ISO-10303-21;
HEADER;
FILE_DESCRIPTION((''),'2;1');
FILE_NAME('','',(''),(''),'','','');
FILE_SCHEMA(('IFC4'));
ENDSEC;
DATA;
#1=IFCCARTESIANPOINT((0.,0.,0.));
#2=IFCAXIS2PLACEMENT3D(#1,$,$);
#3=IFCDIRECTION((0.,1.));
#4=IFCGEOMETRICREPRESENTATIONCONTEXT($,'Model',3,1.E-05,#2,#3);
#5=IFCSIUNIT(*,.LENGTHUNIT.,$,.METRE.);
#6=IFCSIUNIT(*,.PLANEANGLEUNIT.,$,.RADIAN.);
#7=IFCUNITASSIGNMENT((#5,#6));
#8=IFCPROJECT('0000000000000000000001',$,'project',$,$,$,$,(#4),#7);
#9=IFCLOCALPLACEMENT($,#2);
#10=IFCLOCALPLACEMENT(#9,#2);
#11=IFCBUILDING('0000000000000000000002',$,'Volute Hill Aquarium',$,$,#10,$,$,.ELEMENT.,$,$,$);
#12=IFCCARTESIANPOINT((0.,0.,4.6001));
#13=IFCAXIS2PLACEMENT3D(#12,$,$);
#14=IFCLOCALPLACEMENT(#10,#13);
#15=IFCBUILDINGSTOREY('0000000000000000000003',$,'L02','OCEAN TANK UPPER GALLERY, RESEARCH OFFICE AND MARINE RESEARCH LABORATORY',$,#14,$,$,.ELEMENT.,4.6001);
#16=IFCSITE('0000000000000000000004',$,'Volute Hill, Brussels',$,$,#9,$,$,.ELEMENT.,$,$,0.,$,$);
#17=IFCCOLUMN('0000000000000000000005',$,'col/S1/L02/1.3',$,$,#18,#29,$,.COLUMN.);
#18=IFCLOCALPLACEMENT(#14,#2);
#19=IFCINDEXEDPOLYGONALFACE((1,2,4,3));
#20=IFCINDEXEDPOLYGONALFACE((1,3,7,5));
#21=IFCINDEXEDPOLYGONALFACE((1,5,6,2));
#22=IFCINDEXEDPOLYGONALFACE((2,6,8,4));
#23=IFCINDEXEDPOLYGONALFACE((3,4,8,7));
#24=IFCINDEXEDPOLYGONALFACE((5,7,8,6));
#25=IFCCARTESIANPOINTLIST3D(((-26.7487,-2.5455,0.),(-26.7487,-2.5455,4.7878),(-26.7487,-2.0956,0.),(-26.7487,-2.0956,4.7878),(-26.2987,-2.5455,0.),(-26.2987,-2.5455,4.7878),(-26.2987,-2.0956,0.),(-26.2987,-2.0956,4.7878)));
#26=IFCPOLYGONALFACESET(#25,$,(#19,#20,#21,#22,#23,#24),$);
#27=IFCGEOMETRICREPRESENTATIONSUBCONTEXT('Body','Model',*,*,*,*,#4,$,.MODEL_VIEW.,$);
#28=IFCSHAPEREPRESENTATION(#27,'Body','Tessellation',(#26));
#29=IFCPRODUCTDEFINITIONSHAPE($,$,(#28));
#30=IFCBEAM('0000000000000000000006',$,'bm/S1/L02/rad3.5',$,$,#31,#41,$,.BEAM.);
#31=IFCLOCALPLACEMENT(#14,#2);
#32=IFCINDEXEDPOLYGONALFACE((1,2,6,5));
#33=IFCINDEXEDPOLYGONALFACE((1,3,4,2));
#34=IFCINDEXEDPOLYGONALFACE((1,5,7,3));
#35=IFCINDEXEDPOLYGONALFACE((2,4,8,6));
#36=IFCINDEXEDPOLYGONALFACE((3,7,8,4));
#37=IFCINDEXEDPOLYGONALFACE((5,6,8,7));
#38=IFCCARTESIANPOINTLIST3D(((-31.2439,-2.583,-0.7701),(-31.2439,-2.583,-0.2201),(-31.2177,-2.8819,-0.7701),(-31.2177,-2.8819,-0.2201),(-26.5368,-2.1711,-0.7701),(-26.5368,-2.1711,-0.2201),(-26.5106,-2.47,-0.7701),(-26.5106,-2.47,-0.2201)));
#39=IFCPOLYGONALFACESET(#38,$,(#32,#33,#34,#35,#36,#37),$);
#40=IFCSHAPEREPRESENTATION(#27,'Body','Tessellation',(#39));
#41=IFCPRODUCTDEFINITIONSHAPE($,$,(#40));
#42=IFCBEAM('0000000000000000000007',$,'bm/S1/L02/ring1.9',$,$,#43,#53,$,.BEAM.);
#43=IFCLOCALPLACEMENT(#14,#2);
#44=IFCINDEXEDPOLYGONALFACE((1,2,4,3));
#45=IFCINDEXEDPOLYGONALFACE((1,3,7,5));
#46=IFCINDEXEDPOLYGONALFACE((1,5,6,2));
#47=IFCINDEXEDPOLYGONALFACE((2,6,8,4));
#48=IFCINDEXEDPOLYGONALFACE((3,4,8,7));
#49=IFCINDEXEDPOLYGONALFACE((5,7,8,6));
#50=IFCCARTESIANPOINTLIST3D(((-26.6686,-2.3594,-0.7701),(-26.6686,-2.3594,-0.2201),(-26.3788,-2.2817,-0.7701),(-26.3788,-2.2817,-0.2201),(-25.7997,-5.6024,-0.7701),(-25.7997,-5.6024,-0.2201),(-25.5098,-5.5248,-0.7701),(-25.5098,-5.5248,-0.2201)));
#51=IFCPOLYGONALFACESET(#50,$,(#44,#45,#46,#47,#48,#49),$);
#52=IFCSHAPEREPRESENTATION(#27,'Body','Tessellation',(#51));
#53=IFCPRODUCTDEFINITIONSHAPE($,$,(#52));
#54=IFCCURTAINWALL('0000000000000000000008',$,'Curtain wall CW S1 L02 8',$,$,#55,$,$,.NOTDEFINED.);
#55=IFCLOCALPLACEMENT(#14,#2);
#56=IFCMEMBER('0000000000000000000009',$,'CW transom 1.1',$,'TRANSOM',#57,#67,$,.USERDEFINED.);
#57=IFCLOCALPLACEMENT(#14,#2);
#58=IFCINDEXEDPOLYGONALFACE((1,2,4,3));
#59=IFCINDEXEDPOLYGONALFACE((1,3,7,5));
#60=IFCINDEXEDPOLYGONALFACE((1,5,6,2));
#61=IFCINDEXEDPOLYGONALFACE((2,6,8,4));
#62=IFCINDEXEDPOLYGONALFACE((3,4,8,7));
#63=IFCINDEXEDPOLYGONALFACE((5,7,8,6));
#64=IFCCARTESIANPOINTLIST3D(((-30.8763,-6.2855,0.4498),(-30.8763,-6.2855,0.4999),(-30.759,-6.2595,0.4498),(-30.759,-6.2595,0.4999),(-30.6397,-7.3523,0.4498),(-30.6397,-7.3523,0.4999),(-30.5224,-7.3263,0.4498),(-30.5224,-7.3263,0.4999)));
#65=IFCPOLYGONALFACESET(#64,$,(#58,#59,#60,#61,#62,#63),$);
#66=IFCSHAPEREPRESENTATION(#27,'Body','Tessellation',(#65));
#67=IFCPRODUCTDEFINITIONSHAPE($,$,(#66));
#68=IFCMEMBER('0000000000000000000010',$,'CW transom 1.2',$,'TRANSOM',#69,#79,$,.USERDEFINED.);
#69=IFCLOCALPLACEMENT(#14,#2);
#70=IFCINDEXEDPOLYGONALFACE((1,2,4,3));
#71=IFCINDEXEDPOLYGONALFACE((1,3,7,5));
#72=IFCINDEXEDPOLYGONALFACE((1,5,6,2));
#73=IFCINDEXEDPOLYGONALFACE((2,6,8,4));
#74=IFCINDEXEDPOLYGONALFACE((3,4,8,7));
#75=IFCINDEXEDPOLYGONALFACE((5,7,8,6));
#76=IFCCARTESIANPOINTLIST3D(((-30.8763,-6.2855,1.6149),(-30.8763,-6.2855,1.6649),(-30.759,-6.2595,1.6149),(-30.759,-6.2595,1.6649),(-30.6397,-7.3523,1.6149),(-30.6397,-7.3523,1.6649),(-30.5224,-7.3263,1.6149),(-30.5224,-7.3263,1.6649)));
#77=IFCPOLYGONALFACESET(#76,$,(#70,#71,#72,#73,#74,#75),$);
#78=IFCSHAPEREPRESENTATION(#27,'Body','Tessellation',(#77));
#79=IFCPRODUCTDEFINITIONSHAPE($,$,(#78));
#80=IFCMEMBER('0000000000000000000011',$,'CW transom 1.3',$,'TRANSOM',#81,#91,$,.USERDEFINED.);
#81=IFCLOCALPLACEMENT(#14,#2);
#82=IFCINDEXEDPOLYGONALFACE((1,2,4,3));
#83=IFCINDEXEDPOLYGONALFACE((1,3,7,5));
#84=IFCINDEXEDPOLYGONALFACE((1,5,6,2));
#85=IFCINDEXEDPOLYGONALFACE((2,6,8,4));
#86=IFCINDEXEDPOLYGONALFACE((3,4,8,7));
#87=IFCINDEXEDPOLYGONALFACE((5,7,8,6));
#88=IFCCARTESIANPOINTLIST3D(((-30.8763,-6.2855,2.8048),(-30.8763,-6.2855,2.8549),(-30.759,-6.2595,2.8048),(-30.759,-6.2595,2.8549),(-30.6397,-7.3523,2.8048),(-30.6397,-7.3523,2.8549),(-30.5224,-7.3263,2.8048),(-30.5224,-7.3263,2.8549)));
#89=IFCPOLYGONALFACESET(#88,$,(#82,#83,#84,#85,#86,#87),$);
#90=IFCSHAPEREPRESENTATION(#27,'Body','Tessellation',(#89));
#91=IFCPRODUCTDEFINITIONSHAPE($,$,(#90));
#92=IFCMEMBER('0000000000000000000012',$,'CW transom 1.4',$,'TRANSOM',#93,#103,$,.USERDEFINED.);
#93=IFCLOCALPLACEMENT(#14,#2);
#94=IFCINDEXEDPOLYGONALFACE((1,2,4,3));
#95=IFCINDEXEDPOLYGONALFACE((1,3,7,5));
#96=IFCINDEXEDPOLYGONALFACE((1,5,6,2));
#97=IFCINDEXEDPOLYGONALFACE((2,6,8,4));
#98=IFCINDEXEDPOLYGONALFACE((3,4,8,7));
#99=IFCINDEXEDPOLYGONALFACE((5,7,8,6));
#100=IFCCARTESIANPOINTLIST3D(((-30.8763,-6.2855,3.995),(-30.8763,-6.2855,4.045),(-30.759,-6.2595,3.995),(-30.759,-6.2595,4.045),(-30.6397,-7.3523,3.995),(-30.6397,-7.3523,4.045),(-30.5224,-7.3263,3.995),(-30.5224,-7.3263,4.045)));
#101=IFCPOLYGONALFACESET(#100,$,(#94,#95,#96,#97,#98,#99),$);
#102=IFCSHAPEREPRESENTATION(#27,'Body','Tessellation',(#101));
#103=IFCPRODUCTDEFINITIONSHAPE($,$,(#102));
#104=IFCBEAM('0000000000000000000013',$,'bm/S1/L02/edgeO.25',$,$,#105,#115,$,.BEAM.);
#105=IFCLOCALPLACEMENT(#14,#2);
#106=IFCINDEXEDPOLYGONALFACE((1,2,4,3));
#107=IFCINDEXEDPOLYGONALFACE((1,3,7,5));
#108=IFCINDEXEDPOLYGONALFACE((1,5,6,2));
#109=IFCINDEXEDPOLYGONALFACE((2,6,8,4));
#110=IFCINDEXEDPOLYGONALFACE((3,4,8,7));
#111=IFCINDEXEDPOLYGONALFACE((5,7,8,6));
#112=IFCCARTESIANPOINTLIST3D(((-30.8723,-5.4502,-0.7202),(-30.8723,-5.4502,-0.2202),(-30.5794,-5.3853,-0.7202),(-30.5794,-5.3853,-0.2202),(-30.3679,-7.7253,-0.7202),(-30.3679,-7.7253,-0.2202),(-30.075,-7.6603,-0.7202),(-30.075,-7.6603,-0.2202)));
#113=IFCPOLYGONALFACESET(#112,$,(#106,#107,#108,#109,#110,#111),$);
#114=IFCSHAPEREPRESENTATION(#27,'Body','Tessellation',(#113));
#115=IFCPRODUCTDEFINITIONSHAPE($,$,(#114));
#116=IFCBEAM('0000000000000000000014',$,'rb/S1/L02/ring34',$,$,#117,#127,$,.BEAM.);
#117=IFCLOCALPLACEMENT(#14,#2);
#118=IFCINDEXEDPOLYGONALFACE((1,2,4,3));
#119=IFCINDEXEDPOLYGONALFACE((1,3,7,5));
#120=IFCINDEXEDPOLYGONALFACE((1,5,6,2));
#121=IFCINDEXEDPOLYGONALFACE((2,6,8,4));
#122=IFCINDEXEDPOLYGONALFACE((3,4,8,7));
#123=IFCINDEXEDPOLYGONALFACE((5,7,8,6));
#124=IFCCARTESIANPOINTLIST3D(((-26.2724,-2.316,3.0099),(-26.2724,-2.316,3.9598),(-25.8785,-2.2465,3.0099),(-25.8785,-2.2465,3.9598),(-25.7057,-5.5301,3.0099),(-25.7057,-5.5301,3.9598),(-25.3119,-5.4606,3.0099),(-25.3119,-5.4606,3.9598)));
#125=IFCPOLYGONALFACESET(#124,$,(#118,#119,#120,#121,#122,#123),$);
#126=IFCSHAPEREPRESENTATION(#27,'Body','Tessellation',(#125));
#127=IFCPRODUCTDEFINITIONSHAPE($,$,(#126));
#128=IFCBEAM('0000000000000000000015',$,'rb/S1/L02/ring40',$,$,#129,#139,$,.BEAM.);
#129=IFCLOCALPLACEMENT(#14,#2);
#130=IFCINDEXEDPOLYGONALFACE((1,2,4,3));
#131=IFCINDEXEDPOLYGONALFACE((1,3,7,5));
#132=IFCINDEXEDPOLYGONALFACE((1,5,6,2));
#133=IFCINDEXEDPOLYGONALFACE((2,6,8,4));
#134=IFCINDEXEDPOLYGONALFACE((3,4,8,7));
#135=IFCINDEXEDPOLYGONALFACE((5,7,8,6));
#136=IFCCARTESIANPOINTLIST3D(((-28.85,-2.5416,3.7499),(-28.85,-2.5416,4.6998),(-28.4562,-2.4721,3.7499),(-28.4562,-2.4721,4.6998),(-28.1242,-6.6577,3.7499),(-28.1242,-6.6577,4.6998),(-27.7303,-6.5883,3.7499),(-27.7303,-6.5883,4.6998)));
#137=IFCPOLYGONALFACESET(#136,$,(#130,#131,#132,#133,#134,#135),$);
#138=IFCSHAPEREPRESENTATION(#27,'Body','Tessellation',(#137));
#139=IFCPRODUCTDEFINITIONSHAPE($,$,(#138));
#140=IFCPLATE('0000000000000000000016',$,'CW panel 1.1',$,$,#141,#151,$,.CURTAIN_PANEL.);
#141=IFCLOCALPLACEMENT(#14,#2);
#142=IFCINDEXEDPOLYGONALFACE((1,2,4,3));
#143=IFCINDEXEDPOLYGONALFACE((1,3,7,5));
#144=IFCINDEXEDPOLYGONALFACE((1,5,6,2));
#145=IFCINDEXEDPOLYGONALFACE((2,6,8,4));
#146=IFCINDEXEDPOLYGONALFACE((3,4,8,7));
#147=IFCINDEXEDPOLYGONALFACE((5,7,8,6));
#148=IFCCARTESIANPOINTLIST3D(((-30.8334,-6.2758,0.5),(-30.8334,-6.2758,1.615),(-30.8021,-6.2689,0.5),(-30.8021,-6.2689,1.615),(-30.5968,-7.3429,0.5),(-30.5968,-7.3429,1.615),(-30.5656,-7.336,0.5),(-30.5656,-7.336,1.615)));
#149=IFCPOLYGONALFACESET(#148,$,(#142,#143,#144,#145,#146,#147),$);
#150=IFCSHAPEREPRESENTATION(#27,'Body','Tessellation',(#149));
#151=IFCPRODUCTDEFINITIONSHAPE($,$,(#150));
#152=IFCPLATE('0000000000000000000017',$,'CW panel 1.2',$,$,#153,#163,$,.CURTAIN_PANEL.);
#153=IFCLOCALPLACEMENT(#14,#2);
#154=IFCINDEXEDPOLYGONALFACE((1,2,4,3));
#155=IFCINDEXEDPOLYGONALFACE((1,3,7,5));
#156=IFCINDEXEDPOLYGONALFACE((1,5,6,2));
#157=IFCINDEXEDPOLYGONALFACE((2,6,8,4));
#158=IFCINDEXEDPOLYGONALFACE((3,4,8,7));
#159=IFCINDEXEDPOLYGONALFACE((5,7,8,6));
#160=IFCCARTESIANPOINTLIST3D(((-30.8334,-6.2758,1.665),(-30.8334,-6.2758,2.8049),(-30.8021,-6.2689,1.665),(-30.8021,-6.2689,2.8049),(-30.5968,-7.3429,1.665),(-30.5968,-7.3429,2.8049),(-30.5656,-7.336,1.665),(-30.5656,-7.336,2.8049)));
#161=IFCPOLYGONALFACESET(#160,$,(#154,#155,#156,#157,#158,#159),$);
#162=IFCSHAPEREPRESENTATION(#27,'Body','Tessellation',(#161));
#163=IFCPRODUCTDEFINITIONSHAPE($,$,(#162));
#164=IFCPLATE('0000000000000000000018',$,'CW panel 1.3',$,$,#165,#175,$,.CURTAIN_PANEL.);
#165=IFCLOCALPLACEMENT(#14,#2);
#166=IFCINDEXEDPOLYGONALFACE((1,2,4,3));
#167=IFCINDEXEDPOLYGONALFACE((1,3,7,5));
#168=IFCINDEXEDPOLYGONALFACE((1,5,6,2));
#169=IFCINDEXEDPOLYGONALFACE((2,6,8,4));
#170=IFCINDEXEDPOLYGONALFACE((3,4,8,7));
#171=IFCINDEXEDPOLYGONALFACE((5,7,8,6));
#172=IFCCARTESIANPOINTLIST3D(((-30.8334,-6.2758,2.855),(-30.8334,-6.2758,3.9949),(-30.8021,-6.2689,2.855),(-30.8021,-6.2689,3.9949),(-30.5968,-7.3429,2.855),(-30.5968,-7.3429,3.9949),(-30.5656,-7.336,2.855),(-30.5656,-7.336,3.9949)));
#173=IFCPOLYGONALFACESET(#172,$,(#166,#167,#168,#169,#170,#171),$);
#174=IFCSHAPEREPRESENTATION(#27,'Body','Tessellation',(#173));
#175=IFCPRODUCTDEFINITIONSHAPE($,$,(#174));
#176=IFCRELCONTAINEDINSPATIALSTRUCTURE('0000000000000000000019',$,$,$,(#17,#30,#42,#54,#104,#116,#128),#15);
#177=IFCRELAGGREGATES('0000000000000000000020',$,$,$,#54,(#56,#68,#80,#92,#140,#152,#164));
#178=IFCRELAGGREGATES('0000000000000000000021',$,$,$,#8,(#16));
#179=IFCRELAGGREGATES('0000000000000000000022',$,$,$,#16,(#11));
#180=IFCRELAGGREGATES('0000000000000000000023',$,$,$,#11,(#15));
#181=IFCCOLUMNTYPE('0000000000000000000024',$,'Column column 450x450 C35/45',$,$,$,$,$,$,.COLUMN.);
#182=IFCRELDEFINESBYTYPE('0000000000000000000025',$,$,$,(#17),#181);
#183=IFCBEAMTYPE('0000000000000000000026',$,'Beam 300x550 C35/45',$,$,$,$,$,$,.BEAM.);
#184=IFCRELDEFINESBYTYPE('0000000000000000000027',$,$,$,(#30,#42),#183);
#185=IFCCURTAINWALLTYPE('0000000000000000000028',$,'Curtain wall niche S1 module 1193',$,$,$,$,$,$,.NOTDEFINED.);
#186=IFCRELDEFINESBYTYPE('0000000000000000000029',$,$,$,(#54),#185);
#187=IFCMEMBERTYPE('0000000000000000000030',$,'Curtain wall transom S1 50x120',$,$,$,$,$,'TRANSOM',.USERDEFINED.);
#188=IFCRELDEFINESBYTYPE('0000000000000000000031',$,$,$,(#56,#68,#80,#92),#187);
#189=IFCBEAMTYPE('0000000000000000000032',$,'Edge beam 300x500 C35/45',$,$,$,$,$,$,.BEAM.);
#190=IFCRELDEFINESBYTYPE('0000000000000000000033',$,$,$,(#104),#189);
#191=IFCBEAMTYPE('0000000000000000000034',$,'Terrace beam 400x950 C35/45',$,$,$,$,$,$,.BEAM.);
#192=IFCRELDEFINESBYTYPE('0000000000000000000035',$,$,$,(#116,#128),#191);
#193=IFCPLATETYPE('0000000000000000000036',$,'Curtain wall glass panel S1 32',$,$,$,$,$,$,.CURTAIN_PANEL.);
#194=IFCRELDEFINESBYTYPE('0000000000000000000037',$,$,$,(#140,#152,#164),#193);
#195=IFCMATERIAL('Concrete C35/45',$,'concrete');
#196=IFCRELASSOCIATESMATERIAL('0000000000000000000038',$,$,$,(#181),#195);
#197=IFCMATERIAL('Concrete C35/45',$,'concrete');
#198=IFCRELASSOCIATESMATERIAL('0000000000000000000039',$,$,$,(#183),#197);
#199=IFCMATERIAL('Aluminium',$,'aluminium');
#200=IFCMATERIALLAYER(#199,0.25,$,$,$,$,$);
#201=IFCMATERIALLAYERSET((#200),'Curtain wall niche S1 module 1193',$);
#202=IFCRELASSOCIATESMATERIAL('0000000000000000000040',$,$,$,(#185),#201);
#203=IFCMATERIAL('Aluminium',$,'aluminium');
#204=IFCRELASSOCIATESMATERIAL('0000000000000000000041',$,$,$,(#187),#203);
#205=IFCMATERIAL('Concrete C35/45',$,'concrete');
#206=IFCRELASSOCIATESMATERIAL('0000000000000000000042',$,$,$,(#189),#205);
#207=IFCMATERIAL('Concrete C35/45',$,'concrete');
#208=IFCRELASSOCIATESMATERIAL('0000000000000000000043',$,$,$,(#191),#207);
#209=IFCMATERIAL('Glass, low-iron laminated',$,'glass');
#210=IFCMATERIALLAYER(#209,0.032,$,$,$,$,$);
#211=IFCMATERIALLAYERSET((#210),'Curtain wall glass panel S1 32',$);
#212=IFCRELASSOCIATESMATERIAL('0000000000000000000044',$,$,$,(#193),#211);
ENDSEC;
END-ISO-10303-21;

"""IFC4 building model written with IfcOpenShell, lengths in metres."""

from ifc_helpers import new_model, si_unit, direction, frame, origin, origin_2d, place, context, subcontext, project, spatial, rectangle, extrude, material, layer, layer_set, material_profile, profile_set, type_object, element, aggregate, save


model = new_model("IFC4")

# Units and contexts
model_context = context("Model", 3, precision=1e-05, world=origin(), true_north=direction((0.0, 1.0)))
body_context = subcontext(model_context, "Body", "Model", "MODEL_VIEW")
ifc_project = project(units=[si_unit("LENGTHUNIT", "METRE"), si_unit("PLANEANGLEUNIT", "RADIAN")], contexts=[model_context])

# Site, building, storey
site_placement = place(None, origin())
site = spatial("IfcSite", under=ifc_project, at=site_placement, Name="Volute Hill, Brussels", CompositionType="ELEMENT", RefElevation=0.0)
building_placement = place(site_placement, origin())
building = spatial("IfcBuilding", under=site, at=building_placement, Name="Volute Hill Aquarium", CompositionType="ELEMENT")
storey_placement = place(building_placement, frame((0.0, 0.0, 4.6001)))
storey = spatial("IfcBuildingStorey", under=building, at=storey_placement, Name="L02", Description="OCEAN TANK UPPER GALLERY, RESEARCH OFFICE AND MARINE RESEARCH LABORATORY", CompositionType="ELEMENT", Elevation=4.6001)

# Column
ifc_material_1 = material(Name="Concrete C35/45", Category="concrete")
ifc_material_profile_1 = material_profile(ifc_material_1, rectangle(XDim=0.45, YDim=0.45, at=origin_2d()), Name="RC column 450x450")
ifc_profile_set_1 = profile_set([ifc_material_profile_1], Name="Concrete C35/45")
column_type = type_object("IfcColumnType", Name="Column column 450x450 C35/45", PredefinedType="COLUMN", material=ifc_profile_set_1)
column_placement = place(storey_placement, frame((-26.5237, -2.3206, 0.0), z_axis=(0.0, 0.0, 1.0), x_axis=(1.0, 0.0, 0.0)))
element("IfcColumn", 1, at=column_placement, inside=storey, type_object=column_type, Name="col/S1/L02/1.3", PredefinedType="COLUMN", context=body_context, shape_type="SweptSolid", body=[
    extrude(rectangle(XDim=0.45, YDim=0.45, at=origin_2d()), origin(), (0.0, 0.0, 1.0), 4.7878),
])

# Beams
ifc_material_2 = material(Name="Concrete C35/45", Category="concrete")
ifc_material_profile_2 = material_profile(ifc_material_2, rectangle(XDim=0.3, YDim=0.55, at=origin_2d()), Name="RC beam 300x550")
ifc_profile_set_2 = profile_set([ifc_material_profile_2], Name="Concrete C35/45")
beam_type_1 = type_object("IfcBeamType", Name="Beam 300x550 C35/45", PredefinedType="BEAM", material=ifc_profile_set_2)
beam_1_placement = place(storey_placement, frame((-26.5237, -2.3206, -0.4951), z_axis=(-0.996194, -0.087167, 0.0), x_axis=(0.087167, -0.996194, 0.0)))
element("IfcBeam", 2, at=beam_1_placement, inside=storey, type_object=beam_type_1, Name="bm/S1/L02/rad3.5", PredefinedType="BEAM", context=body_context, shape_type="SweptSolid", body=[
    extrude(rectangle(XDim=0.3, YDim=0.55, at=origin_2d()), origin(), (0.0, 0.0, 1.0), 4.7251),
])
beam_2_placement = place(storey_placement, frame((-26.5237, -2.3206, -0.4951), z_axis=(0.258808, -0.965929, 0.0), x_axis=(0.965929, 0.258808, 0.0)))
element("IfcBeam", 3, at=beam_2_placement, inside=storey, type_object=beam_type_1, Name="bm/S1/L02/ring1.9", PredefinedType="BEAM", context=body_context, shape_type="SweptSolid", body=[
    extrude(rectangle(XDim=0.3, YDim=0.55, at=origin_2d()), origin(), (0.0, 0.0, 1.0), 3.3574),
])

# Curtain wall, members
ifc_material_3 = material(Name="Aluminium", Category="aluminium")
ifc_layer_1 = layer(ifc_material_3, 0.25)
ifc_layer_set_1 = layer_set([ifc_layer_1], Name="Curtain wall niche S1 module 1193")
curtain_wall_type = type_object("IfcCurtainWallType", Name="Curtain wall niche S1 module 1193", PredefinedType="NOTDEFINED", material=ifc_layer_set_1)
curtain_wall_placement = place(storey_placement, origin())
curtain_wall = element("IfcCurtainWall", 4, at=curtain_wall_placement, inside=storey, type_object=curtain_wall_type, Name="Curtain wall CW S1 L02 8", PredefinedType="NOTDEFINED")
ifc_material_4 = material(Name="Aluminium", Category="aluminium")
ifc_material_profile_3 = material_profile(ifc_material_4, rectangle(XDim=0.1201, YDim=0.05, at=origin_2d()), Name="Curtain wall transom S1 50x120")
ifc_profile_set_3 = profile_set([ifc_material_profile_3], Name="Aluminium")
member_type = type_object("IfcMemberType", Name="Curtain wall transom S1 50x120", ElementType="TRANSOM", PredefinedType="USERDEFINED", material=ifc_profile_set_3)
member_1_placement = place(storey_placement, frame((-30.8176, -6.2725, 0.4749), z_axis=(0.216481, -0.976287, 0.0), x_axis=(0.976287, 0.216481, 0.0)))
member_1 = element("IfcMember", 5, at=member_1_placement, type_object=member_type, Name="CW transom 1.1", ObjectType="TRANSOM", PredefinedType="USERDEFINED", context=body_context, shape_type="SweptSolid", body=[
    extrude(rectangle(XDim=0.1201, YDim=0.05, at=origin_2d()), origin(), (0.0, 0.0, 1.0), 1.0928),
])
member_2_placement = place(storey_placement, frame((-30.8176, -6.2725, 1.6399), z_axis=(0.216481, -0.976287, 0.0), x_axis=(0.976287, 0.216481, 0.0)))
member_2 = element("IfcMember", 6, at=member_2_placement, type_object=member_type, Name="CW transom 1.2", ObjectType="TRANSOM", PredefinedType="USERDEFINED", context=body_context, shape_type="SweptSolid", body=[
    extrude(rectangle(XDim=0.1201, YDim=0.05, at=origin_2d()), origin(), (0.0, 0.0, 1.0), 1.0928),
])
member_3_placement = place(storey_placement, frame((-30.8176, -6.2725, 2.8298), z_axis=(0.216481, -0.976287, 0.0), x_axis=(0.976287, 0.216481, 0.0)))
member_3 = element("IfcMember", 7, at=member_3_placement, type_object=member_type, Name="CW transom 1.3", ObjectType="TRANSOM", PredefinedType="USERDEFINED", context=body_context, shape_type="SweptSolid", body=[
    extrude(rectangle(XDim=0.1201, YDim=0.05, at=origin_2d()), origin(), (0.0, 0.0, 1.0), 1.0928),
])
member_4_placement = place(storey_placement, frame((-30.8176, -6.2725, 4.02), z_axis=(0.216481, -0.976287, 0.0), x_axis=(0.976287, 0.216481, 0.0)))
member_4 = element("IfcMember", 8, at=member_4_placement, type_object=member_type, Name="CW transom 1.4", ObjectType="TRANSOM", PredefinedType="USERDEFINED", context=body_context, shape_type="SweptSolid", body=[
    extrude(rectangle(XDim=0.1201, YDim=0.05, at=origin_2d()), origin(), (0.0, 0.0, 1.0), 1.0928),
])

# Beams
ifc_material_5 = material(Name="Concrete C35/45", Category="concrete")
ifc_material_profile_4 = material_profile(ifc_material_5, rectangle(XDim=0.3, YDim=0.5, at=origin_2d()), Name="RC edge beam 300x500")
ifc_profile_set_4 = profile_set([ifc_material_profile_4], Name="Concrete C35/45")
beam_type_2 = type_object("IfcBeamType", Name="Edge beam 300x500 C35/45", PredefinedType="BEAM", material=ifc_profile_set_4)
beam_3_placement = place(storey_placement, frame((-30.7258, -5.4177, -0.4702), z_axis=(0.216442, -0.976295, 0.0), x_axis=(0.976295, 0.216442, 0.0)))
element("IfcBeam", 9, at=beam_3_placement, inside=storey, type_object=beam_type_2, Name="bm/S1/L02/edgeO.25", PredefinedType="BEAM", context=body_context, shape_type="SweptSolid", body=[
    extrude(rectangle(XDim=0.3, YDim=0.5, at=origin_2d()), origin(), (0.0, 0.0, 1.0), 2.3303),
])
ifc_material_6 = material(Name="Concrete C35/45", Category="concrete")
ifc_material_profile_5 = material_profile(ifc_material_6, rectangle(XDim=0.3999, YDim=0.95, at=origin_2d()), Name="RC beam 400x950")
ifc_profile_set_5 = profile_set([ifc_material_profile_5], Name="Concrete C35/45")
beam_type_3 = type_object("IfcBeamType", Name="Terrace beam 400x950 C35/45", PredefinedType="BEAM", material=ifc_profile_set_5)
beam_4_placement = place(storey_placement, frame((-26.0754, -2.2812, 3.4849), z_axis=(0.173623, -0.984812, 0.0), x_axis=(0.984812, 0.173623, 0.0)))
element("IfcBeam", 10, at=beam_4_placement, inside=storey, type_object=beam_type_3, Name="rb/S1/L02/ring34", PredefinedType="BEAM", context=body_context, shape_type="SweptSolid", body=[
    extrude(rectangle(XDim=0.3999, YDim=0.95, at=origin_2d()), origin(), (0.0, 0.0, 1.0), 3.2637),
])
beam_5_placement = place(storey_placement, frame((-28.6531, -2.5068, 4.2249), z_axis=(0.173655, -0.984806, 0.0), x_axis=(0.984806, 0.173655, 0.0)))
element("IfcBeam", 11, at=beam_5_placement, inside=storey, type_object=beam_type_3, Name="rb/S1/L02/ring40", PredefinedType="BEAM", context=body_context, shape_type="SweptSolid", body=[
    extrude(rectangle(XDim=0.3999, YDim=0.95, at=origin_2d()), origin(), (0.0, 0.0, 1.0), 4.1797),
])

# Plates
ifc_material_7 = material(Name="Glass, low-iron laminated", Category="glass")
ifc_layer_2 = layer(ifc_material_7, 0.032)
ifc_layer_set_2 = layer_set([ifc_layer_2], Name="Curtain wall glass panel S1 32")
plate_type = type_object("IfcPlateType", Name="Curtain wall glass panel S1 32", PredefinedType="CURTAIN_PANEL", material=ifc_layer_set_2)
plate_1_placement = place(storey_placement, frame((-30.6995, -6.8059, 0.5), z_axis=(0.0, 0.0, 1.0), x_axis=(0.216456, -0.976292, 0.0)))
plate_1 = element("IfcPlate", 12, at=plate_1_placement, type_object=plate_type, Name="CW panel 1.1", PredefinedType="CURTAIN_PANEL", context=body_context, shape_type="SweptSolid", body=[
    extrude(rectangle(XDim=1.093, YDim=0.032, at=origin_2d()), origin(), (0.0, 0.0, 1.0), 1.115),
])
plate_2_placement = place(storey_placement, frame((-30.6995, -6.8059, 1.665), z_axis=(0.0, 0.0, 1.0), x_axis=(0.216456, -0.976292, 0.0)))
plate_2 = element("IfcPlate", 13, at=plate_2_placement, type_object=plate_type, Name="CW panel 1.2", PredefinedType="CURTAIN_PANEL", context=body_context, shape_type="SweptSolid", body=[
    extrude(rectangle(XDim=1.093, YDim=0.032, at=origin_2d()), origin(), (0.0, 0.0, 1.0), 1.1399),
])
plate_3_placement = place(storey_placement, frame((-30.6995, -6.8059, 2.855), z_axis=(0.0, 0.0, 1.0), x_axis=(0.216456, -0.976292, 0.0)))
plate_3 = element("IfcPlate", 14, at=plate_3_placement, type_object=plate_type, Name="CW panel 1.3", PredefinedType="CURTAIN_PANEL", context=body_context, shape_type="SweptSolid", body=[
    extrude(rectangle(XDim=1.093, YDim=0.032, at=origin_2d()), origin(), (0.0, 0.0, 1.0), 1.1399),
])
aggregate(curtain_wall, [member_1, member_2, member_3, member_4, plate_1, plate_2, plate_3])

save(model, "model.ifc")
